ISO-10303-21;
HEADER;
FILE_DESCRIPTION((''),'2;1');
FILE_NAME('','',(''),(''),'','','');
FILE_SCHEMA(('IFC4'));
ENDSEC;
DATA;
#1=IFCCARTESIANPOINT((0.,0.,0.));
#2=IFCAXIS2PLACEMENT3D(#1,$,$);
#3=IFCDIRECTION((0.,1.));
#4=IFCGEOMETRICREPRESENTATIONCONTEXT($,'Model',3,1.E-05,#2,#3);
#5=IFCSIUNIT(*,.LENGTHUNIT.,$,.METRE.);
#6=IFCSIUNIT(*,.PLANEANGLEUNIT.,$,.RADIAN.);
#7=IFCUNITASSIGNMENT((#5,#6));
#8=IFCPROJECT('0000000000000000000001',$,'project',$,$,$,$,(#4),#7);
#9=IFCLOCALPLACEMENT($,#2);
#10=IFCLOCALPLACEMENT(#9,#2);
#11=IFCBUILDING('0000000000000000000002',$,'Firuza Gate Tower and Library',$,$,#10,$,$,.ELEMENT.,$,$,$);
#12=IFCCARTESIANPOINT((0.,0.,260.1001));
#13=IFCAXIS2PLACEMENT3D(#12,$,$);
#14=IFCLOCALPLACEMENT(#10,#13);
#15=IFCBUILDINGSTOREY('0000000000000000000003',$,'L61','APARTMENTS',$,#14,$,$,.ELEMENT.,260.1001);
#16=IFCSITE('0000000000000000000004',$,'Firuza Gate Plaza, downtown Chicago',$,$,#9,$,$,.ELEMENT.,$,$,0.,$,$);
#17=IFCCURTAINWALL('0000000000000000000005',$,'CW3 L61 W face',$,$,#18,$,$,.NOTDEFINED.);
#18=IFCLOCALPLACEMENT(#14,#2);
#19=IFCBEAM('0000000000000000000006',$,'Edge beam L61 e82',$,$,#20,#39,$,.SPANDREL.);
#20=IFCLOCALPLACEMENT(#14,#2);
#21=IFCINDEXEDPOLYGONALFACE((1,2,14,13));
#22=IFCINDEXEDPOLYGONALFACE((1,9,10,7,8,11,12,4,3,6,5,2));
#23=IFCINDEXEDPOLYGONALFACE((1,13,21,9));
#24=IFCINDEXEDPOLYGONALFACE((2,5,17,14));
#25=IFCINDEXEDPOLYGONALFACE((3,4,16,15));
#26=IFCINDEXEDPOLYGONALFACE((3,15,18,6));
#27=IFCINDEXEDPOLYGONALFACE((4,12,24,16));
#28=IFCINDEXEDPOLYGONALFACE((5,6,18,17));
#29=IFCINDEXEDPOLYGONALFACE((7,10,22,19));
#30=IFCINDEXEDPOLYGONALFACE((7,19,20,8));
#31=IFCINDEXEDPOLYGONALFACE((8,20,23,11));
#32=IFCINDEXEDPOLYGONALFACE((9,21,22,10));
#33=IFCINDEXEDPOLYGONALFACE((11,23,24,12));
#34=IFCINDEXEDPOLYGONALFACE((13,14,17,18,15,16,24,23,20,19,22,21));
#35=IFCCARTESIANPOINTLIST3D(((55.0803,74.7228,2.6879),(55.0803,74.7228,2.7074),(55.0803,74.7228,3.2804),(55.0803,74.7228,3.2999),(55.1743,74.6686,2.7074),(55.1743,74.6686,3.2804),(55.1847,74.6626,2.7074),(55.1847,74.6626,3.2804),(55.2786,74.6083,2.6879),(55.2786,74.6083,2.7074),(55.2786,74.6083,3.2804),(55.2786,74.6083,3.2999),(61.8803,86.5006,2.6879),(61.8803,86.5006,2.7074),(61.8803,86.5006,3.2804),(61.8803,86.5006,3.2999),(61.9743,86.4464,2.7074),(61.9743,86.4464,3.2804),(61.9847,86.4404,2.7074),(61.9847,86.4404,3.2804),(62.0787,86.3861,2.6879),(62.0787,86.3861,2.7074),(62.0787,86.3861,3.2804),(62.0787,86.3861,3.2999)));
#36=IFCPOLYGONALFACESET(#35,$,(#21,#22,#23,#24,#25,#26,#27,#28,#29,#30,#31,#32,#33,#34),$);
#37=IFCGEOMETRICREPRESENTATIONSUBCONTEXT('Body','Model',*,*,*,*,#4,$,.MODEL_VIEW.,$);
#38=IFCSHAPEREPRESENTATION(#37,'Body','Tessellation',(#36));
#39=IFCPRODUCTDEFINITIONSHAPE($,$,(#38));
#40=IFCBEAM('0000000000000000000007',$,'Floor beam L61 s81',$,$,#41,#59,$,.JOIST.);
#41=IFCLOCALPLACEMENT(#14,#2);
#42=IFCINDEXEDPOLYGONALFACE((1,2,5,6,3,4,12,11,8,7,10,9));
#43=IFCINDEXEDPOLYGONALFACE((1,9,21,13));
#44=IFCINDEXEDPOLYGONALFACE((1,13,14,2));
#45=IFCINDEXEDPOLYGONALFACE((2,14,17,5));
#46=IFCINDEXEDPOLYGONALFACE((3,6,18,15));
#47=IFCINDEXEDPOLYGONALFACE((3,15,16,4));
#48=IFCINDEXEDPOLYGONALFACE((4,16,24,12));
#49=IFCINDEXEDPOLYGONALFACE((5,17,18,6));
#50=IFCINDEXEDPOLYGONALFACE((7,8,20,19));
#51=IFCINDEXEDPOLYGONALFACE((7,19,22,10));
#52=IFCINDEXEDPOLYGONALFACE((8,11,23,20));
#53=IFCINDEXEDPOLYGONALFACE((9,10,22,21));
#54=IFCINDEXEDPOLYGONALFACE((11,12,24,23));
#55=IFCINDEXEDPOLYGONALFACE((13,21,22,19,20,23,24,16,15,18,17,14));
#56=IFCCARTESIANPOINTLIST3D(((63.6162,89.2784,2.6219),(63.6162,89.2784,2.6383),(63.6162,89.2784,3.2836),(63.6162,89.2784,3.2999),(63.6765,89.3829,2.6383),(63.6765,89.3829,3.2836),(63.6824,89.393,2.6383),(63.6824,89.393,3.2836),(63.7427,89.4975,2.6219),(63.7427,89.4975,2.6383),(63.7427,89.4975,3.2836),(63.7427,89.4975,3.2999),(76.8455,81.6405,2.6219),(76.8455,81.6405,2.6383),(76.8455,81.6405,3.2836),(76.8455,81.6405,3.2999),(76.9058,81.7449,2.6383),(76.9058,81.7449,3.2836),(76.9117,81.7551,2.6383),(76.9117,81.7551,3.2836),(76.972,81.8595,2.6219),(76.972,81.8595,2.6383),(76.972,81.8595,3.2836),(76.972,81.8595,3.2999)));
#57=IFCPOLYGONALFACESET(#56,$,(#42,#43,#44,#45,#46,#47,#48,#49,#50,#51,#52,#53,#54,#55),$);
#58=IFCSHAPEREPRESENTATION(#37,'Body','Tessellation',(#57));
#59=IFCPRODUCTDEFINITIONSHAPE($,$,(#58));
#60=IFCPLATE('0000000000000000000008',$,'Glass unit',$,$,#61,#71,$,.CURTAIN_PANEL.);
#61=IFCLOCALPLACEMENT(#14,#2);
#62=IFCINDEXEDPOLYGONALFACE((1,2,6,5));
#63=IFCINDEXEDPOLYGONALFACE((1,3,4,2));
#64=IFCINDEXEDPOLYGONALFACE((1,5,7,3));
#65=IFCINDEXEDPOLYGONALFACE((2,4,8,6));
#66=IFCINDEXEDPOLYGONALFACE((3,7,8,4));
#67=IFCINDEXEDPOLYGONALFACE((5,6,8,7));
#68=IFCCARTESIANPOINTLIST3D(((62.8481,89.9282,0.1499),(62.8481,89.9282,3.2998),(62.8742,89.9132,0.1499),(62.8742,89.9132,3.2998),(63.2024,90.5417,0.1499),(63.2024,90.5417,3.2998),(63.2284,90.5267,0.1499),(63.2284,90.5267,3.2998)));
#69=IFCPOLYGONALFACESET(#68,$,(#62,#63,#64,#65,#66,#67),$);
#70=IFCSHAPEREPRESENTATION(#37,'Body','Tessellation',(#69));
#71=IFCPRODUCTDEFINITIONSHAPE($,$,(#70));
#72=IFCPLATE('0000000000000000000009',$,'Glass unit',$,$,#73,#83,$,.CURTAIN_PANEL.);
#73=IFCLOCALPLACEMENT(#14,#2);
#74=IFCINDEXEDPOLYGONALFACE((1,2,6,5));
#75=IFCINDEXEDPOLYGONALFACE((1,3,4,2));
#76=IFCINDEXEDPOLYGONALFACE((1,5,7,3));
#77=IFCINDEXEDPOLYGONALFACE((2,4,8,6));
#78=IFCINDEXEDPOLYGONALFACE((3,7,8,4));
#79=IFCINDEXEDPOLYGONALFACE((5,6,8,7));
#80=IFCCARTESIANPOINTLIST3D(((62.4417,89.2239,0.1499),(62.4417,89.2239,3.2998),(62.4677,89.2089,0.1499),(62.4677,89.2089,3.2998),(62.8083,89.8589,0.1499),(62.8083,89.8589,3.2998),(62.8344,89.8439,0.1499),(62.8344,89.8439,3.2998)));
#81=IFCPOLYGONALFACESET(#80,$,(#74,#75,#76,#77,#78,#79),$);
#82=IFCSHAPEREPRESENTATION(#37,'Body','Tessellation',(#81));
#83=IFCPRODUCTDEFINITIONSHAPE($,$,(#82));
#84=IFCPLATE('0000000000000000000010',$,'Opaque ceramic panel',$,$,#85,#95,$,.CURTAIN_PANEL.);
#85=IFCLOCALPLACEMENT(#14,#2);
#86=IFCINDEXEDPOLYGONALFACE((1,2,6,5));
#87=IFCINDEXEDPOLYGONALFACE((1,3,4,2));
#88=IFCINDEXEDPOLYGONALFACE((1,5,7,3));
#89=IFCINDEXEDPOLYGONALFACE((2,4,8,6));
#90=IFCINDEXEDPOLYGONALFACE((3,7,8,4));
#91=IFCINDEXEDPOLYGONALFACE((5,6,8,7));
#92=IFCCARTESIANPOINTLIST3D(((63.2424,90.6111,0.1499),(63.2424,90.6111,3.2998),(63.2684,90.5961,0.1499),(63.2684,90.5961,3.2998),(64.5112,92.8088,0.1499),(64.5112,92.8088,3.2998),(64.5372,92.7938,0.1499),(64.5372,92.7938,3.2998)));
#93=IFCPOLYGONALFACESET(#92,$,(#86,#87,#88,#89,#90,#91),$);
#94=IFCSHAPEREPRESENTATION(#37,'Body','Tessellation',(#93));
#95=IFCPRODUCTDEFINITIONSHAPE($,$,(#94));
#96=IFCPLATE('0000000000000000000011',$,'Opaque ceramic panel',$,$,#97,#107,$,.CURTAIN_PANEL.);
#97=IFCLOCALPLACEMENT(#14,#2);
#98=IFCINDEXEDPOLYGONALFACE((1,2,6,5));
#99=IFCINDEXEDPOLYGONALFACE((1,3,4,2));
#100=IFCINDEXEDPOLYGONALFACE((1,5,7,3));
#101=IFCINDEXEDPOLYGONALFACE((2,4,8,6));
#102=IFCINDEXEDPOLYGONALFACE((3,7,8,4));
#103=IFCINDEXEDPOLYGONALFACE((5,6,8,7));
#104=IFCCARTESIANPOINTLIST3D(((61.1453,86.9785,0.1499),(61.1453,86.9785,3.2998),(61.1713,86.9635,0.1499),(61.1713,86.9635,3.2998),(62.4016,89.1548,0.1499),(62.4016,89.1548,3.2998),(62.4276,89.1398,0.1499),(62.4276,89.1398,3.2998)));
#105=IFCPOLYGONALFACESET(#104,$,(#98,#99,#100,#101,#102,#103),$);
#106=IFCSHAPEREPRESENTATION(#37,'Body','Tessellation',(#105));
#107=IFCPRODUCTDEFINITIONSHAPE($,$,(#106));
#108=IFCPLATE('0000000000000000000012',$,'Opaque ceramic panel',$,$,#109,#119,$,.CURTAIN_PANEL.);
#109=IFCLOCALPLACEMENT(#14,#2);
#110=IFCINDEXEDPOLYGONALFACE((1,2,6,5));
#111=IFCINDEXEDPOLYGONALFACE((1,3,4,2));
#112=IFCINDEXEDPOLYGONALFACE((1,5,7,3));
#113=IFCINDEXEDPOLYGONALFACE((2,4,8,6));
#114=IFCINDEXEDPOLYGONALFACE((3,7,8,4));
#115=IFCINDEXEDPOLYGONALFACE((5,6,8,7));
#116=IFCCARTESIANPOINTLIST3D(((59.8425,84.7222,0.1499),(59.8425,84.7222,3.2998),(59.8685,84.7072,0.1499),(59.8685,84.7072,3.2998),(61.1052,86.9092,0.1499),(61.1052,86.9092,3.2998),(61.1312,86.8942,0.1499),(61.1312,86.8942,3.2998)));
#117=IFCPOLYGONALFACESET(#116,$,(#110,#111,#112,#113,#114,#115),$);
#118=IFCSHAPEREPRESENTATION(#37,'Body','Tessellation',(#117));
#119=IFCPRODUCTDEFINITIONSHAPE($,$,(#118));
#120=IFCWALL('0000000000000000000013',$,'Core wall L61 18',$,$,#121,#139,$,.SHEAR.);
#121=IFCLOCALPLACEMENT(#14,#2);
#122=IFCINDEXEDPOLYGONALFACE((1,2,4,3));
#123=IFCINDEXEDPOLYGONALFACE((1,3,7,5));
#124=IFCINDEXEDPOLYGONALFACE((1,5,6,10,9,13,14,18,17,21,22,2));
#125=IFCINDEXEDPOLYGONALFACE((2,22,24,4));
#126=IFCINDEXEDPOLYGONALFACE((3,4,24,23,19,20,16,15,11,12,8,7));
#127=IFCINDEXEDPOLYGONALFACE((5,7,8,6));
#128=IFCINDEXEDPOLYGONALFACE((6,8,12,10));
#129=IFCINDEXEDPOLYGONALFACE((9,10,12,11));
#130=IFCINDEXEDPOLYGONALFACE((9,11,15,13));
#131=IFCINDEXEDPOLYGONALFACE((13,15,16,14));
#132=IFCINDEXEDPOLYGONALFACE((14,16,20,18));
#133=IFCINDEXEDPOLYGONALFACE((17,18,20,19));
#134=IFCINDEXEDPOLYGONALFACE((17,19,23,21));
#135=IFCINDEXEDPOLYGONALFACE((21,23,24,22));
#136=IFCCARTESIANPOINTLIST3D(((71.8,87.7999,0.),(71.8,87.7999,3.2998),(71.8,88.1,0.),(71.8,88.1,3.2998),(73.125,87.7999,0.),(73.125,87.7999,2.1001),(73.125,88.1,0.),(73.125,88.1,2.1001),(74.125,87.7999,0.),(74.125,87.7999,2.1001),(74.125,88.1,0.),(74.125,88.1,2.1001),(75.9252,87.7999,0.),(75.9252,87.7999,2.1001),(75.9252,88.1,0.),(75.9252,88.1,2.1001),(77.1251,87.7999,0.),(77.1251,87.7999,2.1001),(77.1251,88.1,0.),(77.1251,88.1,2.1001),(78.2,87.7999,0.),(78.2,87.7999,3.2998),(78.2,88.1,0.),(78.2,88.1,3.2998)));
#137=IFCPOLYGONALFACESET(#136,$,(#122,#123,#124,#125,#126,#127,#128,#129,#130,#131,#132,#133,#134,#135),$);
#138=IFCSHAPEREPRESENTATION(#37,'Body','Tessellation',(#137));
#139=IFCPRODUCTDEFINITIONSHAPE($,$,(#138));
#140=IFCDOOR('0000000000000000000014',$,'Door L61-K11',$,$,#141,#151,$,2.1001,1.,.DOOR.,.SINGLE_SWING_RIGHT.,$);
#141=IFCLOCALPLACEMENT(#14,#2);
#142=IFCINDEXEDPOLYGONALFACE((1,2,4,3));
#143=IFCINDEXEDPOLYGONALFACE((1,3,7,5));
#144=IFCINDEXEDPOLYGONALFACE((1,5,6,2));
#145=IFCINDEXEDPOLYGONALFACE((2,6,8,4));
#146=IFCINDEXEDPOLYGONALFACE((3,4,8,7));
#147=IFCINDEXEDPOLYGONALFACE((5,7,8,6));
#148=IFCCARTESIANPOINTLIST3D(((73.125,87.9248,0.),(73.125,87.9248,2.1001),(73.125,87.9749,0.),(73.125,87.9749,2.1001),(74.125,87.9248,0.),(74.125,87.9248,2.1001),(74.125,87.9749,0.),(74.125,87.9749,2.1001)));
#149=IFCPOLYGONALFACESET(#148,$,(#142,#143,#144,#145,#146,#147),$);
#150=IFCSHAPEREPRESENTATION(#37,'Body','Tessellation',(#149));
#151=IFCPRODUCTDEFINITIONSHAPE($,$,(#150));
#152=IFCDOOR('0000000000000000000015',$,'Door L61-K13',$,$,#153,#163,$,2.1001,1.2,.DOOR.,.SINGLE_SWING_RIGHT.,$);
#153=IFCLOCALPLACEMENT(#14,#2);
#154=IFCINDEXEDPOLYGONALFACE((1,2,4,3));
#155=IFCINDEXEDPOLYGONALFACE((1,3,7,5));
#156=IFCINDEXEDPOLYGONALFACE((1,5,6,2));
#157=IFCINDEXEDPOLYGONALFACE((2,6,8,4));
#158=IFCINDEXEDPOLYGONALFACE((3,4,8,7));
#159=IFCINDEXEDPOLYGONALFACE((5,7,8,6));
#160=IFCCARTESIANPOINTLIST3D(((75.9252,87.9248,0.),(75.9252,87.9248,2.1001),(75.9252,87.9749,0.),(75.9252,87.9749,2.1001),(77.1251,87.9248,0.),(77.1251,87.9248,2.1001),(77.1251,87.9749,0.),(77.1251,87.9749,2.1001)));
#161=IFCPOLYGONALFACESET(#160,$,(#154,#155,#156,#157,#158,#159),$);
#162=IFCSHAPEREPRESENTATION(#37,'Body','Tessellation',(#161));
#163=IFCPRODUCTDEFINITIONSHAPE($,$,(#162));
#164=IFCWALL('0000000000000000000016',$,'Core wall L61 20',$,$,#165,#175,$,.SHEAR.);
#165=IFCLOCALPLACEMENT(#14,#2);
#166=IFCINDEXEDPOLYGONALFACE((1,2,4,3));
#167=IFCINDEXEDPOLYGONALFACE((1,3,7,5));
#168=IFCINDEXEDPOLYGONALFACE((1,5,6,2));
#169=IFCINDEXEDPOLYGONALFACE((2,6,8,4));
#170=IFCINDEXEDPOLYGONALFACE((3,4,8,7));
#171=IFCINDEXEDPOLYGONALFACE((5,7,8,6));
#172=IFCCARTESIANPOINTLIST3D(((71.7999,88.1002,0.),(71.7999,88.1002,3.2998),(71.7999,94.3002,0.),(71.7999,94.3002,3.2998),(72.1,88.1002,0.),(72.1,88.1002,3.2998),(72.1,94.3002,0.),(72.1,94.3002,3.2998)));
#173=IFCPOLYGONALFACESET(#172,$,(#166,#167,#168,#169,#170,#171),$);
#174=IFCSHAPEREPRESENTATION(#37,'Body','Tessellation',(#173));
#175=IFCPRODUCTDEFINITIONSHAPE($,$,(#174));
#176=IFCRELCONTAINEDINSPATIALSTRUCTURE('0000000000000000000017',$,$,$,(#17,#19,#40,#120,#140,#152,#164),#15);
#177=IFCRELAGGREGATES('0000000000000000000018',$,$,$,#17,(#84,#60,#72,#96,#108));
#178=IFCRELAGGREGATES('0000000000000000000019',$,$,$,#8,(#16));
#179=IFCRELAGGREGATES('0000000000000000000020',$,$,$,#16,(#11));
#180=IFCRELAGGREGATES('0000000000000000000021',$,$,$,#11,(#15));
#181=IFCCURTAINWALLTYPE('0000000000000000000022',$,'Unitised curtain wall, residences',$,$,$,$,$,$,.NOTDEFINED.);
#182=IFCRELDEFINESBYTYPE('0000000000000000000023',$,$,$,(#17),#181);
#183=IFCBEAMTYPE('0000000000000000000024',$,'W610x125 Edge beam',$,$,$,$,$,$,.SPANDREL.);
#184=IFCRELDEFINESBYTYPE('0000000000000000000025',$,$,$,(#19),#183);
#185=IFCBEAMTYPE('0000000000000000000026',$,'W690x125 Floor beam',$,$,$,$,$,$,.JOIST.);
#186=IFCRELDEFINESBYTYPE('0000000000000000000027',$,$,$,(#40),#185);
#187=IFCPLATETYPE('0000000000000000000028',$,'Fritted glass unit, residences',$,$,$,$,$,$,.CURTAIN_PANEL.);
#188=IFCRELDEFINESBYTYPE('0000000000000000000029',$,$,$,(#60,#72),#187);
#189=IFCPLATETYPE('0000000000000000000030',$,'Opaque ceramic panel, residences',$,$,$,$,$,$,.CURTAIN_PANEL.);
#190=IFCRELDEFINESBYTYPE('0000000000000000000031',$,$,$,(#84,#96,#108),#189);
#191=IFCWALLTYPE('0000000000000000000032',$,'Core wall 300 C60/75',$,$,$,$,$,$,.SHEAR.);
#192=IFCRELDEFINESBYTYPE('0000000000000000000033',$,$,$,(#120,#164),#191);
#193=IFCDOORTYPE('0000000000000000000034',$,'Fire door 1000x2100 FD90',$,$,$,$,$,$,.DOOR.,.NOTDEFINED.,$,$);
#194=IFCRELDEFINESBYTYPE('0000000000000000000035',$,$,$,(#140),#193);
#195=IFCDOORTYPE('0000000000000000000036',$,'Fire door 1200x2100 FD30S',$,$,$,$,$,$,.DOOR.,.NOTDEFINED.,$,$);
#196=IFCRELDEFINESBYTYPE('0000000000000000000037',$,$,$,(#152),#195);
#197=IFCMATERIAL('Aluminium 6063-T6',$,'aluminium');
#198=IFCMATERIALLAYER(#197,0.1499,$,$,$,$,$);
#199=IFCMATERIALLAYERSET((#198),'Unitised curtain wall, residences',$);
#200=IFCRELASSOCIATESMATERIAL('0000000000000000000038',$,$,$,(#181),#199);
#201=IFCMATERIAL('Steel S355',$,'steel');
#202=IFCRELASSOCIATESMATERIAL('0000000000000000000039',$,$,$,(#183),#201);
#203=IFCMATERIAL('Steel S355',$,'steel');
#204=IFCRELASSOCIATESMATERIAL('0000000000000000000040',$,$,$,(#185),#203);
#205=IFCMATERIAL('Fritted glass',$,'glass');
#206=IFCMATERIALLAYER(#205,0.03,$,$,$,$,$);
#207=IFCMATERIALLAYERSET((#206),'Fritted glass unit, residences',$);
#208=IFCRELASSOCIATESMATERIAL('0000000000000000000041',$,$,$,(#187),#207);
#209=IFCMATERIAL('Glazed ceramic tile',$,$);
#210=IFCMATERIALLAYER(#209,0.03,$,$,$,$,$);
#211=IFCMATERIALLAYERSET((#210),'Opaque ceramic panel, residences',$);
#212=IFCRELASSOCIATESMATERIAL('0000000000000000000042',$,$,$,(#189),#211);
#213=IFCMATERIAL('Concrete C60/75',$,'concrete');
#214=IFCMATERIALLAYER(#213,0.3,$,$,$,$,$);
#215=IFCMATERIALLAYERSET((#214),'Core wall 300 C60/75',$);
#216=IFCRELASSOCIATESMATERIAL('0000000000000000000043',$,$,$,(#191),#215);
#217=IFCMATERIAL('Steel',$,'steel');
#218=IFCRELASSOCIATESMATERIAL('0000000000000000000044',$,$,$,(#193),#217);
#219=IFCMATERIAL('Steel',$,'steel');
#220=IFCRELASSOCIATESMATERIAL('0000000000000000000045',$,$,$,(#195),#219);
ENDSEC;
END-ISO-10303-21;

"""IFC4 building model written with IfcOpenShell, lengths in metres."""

from ifc_helpers import new_model, si_unit, direction, frame, frame_2d, origin, origin_2d, place, context, subcontext, project, spatial, polyline, rectangle, i_section, outline, extrude, material, layer, layer_set, material_profile, profile_set, type_object, element, fill, aggregate, save


model = new_model("IFC4")

# Units and contexts
model_context = context("Model", 3, precision=1e-05, world=origin(), true_north=direction((0.0, 1.0)))
body_context = subcontext(model_context, "Body", "Model", "MODEL_VIEW")
ifc_project = project(units=[si_unit("LENGTHUNIT", "METRE"), si_unit("PLANEANGLEUNIT", "RADIAN")], contexts=[model_context])

# Site, building, storey
site_placement = place(None, origin())
site = spatial("IfcSite", under=ifc_project, at=site_placement, Name="Firuza Gate Plaza, downtown Chicago", CompositionType="ELEMENT", RefElevation=0.0)
building_placement = place(site_placement, origin())
building = spatial("IfcBuilding", under=site, at=building_placement, Name="Firuza Gate Tower and Library", CompositionType="ELEMENT")
storey_placement = place(building_placement, frame((0.0, 0.0, 260.1001)))
storey = spatial("IfcBuildingStorey", under=building, at=storey_placement, Name="L61", Description="APARTMENTS", CompositionType="ELEMENT", Elevation=260.1001)

# Curtain wall
ifc_material_1 = material(Name="Aluminium 6063-T6", Category="aluminium")
ifc_layer_1 = layer(ifc_material_1, 0.1499)
ifc_layer_set_1 = layer_set([ifc_layer_1], Name="Unitised curtain wall, residences")
curtain_wall_type = type_object("IfcCurtainWallType", Name="Unitised curtain wall, residences", PredefinedType="NOTDEFINED", material=ifc_layer_set_1)
placement = place(storey_placement, origin())
curtain_wall = element("IfcCurtainWall", 1, at=placement, inside=storey, type_object=curtain_wall_type, Name="CW3 L61 W face", PredefinedType="NOTDEFINED")

# Beams
ifc_material_2 = material(Name="Steel S355", Category="steel")
ifc_material_profile_1 = material_profile(ifc_material_2, i_section(OverallWidth=0.229, OverallDepth=0.6121, WebThickness=0.012, FlangeThickness=0.0195, at=origin_2d()))
ifc_profile_set_1 = profile_set([ifc_material_profile_1], Name="Steel S355")
beam_type_1 = type_object("IfcBeamType", Name="W610x125 Edge beam", PredefinedType="SPANDREL", material=ifc_profile_set_1)
beam_1_placement = place(storey_placement, frame((61.9795, 86.4434, 2.9939), z_axis=(-0.500006, -0.866022, 0.0), x_axis=(0.866022, -0.500006, 0.0)))
element("IfcBeam", 2, at=beam_1_placement, inside=storey, type_object=beam_type_1, Name="Edge beam L61 e82", PredefinedType="SPANDREL", context=body_context, shape_type="SweptSolid", body=[
    extrude(i_section(OverallWidth=0.229, OverallDepth=0.6121, WebThickness=0.012, FlangeThickness=0.0195, at=origin_2d()), origin(), (0.0, 0.0, 1.0), 13.5999),
])
ifc_material_3 = material(Name="Steel S355", Category="steel")
ifc_material_profile_2 = material_profile(ifc_material_3, i_section(OverallWidth=0.2529, OverallDepth=0.678, WebThickness=0.0117, FlangeThickness=0.0164, at=origin_2d()))
ifc_profile_set_2 = profile_set([ifc_material_profile_2], Name="Steel S355")
beam_type_2 = type_object("IfcBeamType", Name="W690x125 Floor beam", PredefinedType="JOIST", material=ifc_profile_set_2)
beam_2_placement = place(storey_placement, frame((63.6794, 89.3879, 2.9609), z_axis=(0.866025, -0.500001, 0.0), x_axis=(0.500001, 0.866025, 0.0)))
element("IfcBeam", 3, at=beam_2_placement, inside=storey, type_object=beam_type_2, Name="Floor beam L61 s81", PredefinedType="JOIST", context=body_context, shape_type="SweptSolid", body=[
    extrude(i_section(OverallWidth=0.2529, OverallDepth=0.678, WebThickness=0.0117, FlangeThickness=0.0164, at=origin_2d()), origin(), (0.0, 0.0, 1.0), 15.2759),
])

# Plates
ifc_material_4 = material(Name="Fritted glass", Category="glass")
ifc_layer_2 = layer(ifc_material_4, 0.03)
ifc_layer_set_2 = layer_set([ifc_layer_2], Name="Fritted glass unit, residences")
plate_type_1 = type_object("IfcPlateType", Name="Fritted glass unit, residences", PredefinedType="CURTAIN_PANEL", material=ifc_layer_set_2)
plate_1_placement = place(storey_placement, frame((63.2024, 90.5417, 0.1499), z_axis=(-0.866008, 0.500031, 0.0), x_axis=(-0.500031, -0.866008, 0.0)))
plate_1 = element("IfcPlate", 4, at=plate_1_placement, type_object=plate_type_1, Name="Glass unit", PredefinedType="CURTAIN_PANEL", context=body_context, shape_type="SweptSolid", body=[
    extrude(outline(polyline([(0.0, 0.0), (0.7085, 0.0), (0.7085, 3.1499), (0.0, 3.1499), (0.0, 0.0)])), origin(), (0.0, 0.0, -1.0), 0.03),
])
plate_2_placement = place(storey_placement, frame((62.8083, 89.8589, 0.1499), z_axis=(-0.86598, 0.500078, 0.0), x_axis=(-0.500078, -0.86598, 0.0)))
plate_2 = element("IfcPlate", 5, at=plate_2_placement, type_object=plate_type_1, Name="Glass unit", PredefinedType="CURTAIN_PANEL", context=body_context, shape_type="SweptSolid", body=[
    extrude(outline(polyline([(0.0, 0.0), (0.7333, 0.0), (0.7333, 3.1499), (0.0, 3.1499), (0.0, 0.0)])), origin(), (0.0, 0.0, -1.0), 0.03),
])
ifc_material_5 = material(Name="Glazed ceramic tile")
ifc_layer_3 = layer(ifc_material_5, 0.03)
ifc_layer_set_3 = layer_set([ifc_layer_3], Name="Opaque ceramic panel, residences")
plate_type_2 = type_object("IfcPlateType", Name="Opaque ceramic panel, residences", PredefinedType="CURTAIN_PANEL", material=ifc_layer_set_3)
plate_3_placement = place(storey_placement, frame((64.5112, 92.8088, 0.1499), z_axis=(-0.866038, 0.499978, 0.0), x_axis=(-0.499978, -0.866038, 0.0)))
plate_3 = element("IfcPlate", 6, at=plate_3_placement, type_object=plate_type_2, Name="Opaque ceramic panel", PredefinedType="CURTAIN_PANEL", context=body_context, shape_type="SweptSolid", body=[
    extrude(outline(polyline([(0.0, 0.0), (2.5377, 0.0), (2.5377, 3.1499), (0.0, 3.1499), (0.0, 0.0)])), origin(), (0.0, 0.0, -1.0), 0.03),
])
plate_4_placement = place(storey_placement, frame((62.4016, 89.1548, 0.1499), z_axis=(-0.866046, 0.499964, 0.0), x_axis=(-0.499964, -0.866046, 0.0)))
plate_4 = element("IfcPlate", 7, at=plate_4_placement, type_object=plate_type_2, Name="Opaque ceramic panel", PredefinedType="CURTAIN_PANEL", context=body_context, shape_type="SweptSolid", body=[
    extrude(outline(polyline([(0.0, 0.0), (2.5129, 0.0), (2.5129, 3.1499), (0.0, 3.1499), (0.0, 0.0)])), origin(), (0.0, 0.0, -1.0), 0.03),
])
plate_5_placement = place(storey_placement, frame((61.1052, 86.9092, 0.1499), z_axis=(-0.866021, 0.500007, 0.0), x_axis=(-0.500007, -0.866021, 0.0)))
plate_5 = element("IfcPlate", 8, at=plate_5_placement, type_object=plate_type_2, Name="Opaque ceramic panel", PredefinedType="CURTAIN_PANEL", context=body_context, shape_type="SweptSolid", body=[
    extrude(outline(polyline([(0.0, 0.0), (2.5254, 0.0), (2.5254, 3.1499), (0.0, 3.1499), (0.0, 0.0)])), origin(), (0.0, 0.0, -1.0), 0.03),
])
aggregate(curtain_wall, [plate_3, plate_1, plate_2, plate_4, plate_5])

# Wall, openings, doors
ifc_material_6 = material(Name="Concrete C60/75", Category="concrete")
ifc_layer_4 = layer(ifc_material_6, 0.3)
ifc_layer_set_4 = layer_set([ifc_layer_4], Name="Core wall 300 C60/75")
wall_type_1 = type_object("IfcWallType", Name="Core wall 300 C60/75", PredefinedType="SHEAR", material=ifc_layer_set_4)
wall_1_placement = place(storey_placement, frame((71.8, 87.95, 0.0), z_axis=(0.0, 0.0, 1.0), x_axis=(1.0, 0.0, 0.0)))
wall_1 = element("IfcWall", 9, at=wall_1_placement, inside=storey, type_object=wall_type_1, Name="Core wall L61 18", PredefinedType="SHEAR", context=body_context, shape_type="SweptSolid", body=[
    extrude(rectangle(XDim=6.3999, YDim=0.3, at=frame_2d((3.2, 0.0))), origin(), (0.0, 0.0, 1.0), 3.2998),
])
opening_1_placement = place(wall_1_placement, frame((1.325, 0.0, 0.0)))
opening_1 = element("IfcOpeningElement", 10, at=opening_1_placement, cuts=wall_1, PredefinedType="OPENING", context=body_context, shape_type="SweptSolid", body=[
    extrude(rectangle(XDim=1.0, YDim=2.1001, at=frame_2d((0.5, 1.05))), frame((0.0, 0.1602, 0.0), z_axis=(0.0, -1.0, 0.0), x_axis=(1.0, 0.0, 0.0)), (0.0, 0.0, 1.0), 0.3201),
])
opening_2_placement = place(wall_1_placement, frame((4.125, 0.0, 0.0)))
opening_2 = element("IfcOpeningElement", 11, at=opening_2_placement, cuts=wall_1, PredefinedType="OPENING", context=body_context, shape_type="SweptSolid", body=[
    extrude(rectangle(XDim=1.2, YDim=2.1001, at=frame_2d((0.6001, 1.05))), frame((0.0, 0.1602, 0.0), z_axis=(0.0, -1.0, 0.0), x_axis=(1.0, 0.0, 0.0)), (0.0, 0.0, 1.0), 0.3201),
])
ifc_material_7 = material(Name="Steel", Category="steel")
door_type_1 = type_object("IfcDoorType", Name="Fire door 1000x2100 FD90", OperationType="NOTDEFINED", PredefinedType="DOOR", material=ifc_material_7)
door_1_placement = place(opening_1_placement, origin())
door_1 = element("IfcDoor", 12, at=door_1_placement, inside=storey, type_object=door_type_1, Name="Door L61-K11", OperationType="SINGLE_SWING_RIGHT", OverallHeight=2.1001, OverallWidth=1.0, PredefinedType="DOOR", context=body_context, shape_type="SweptSolid", body=[
    extrude(rectangle(XDim=1.0, YDim=2.1001, at=frame_2d((0.5, 1.05))), frame((0.0, 0.0249, 0.0), z_axis=(0.0, -1.0, 0.0), x_axis=(1.0, 0.0, 0.0)), (0.0, 0.0, 1.0), 0.05),
])
fill(opening_1, door_1)
ifc_material_8 = material(Name="Steel", Category="steel")
door_type_2 = type_object("IfcDoorType", Name="Fire door 1200x2100 FD30S", OperationType="NOTDEFINED", PredefinedType="DOOR", material=ifc_material_8)
door_2_placement = place(opening_2_placement, origin())
door_2 = element("IfcDoor", 13, at=door_2_placement, inside=storey, type_object=door_type_2, Name="Door L61-K13", OperationType="SINGLE_SWING_RIGHT", OverallHeight=2.1001, OverallWidth=1.2, PredefinedType="DOOR", context=body_context, shape_type="SweptSolid", body=[
    extrude(rectangle(XDim=1.2, YDim=2.1001, at=frame_2d((0.6001, 1.05))), frame((0.0, 0.0249, 0.0), z_axis=(0.0, -1.0, 0.0), x_axis=(1.0, 0.0, 0.0)), (0.0, 0.0, 1.0), 0.05),
])
fill(opening_2, door_2)

# Wall
wall_2_placement = place(storey_placement, frame((71.95, 88.1001, 0.0), z_axis=(0.0, 0.0, 1.0), x_axis=(0.0, 1.0, 0.0)))
element("IfcWall", 14, at=wall_2_placement, inside=storey, type_object=wall_type_1, Name="Core wall L61 20", PredefinedType="SHEAR", context=body_context, shape_type="SweptSolid", body=[
    extrude(rectangle(XDim=6.2, YDim=0.3, at=frame_2d((3.1001, 0.0))), origin(), (0.0, 0.0, 1.0), 3.2998),
])

save(model, "model.ifc")
